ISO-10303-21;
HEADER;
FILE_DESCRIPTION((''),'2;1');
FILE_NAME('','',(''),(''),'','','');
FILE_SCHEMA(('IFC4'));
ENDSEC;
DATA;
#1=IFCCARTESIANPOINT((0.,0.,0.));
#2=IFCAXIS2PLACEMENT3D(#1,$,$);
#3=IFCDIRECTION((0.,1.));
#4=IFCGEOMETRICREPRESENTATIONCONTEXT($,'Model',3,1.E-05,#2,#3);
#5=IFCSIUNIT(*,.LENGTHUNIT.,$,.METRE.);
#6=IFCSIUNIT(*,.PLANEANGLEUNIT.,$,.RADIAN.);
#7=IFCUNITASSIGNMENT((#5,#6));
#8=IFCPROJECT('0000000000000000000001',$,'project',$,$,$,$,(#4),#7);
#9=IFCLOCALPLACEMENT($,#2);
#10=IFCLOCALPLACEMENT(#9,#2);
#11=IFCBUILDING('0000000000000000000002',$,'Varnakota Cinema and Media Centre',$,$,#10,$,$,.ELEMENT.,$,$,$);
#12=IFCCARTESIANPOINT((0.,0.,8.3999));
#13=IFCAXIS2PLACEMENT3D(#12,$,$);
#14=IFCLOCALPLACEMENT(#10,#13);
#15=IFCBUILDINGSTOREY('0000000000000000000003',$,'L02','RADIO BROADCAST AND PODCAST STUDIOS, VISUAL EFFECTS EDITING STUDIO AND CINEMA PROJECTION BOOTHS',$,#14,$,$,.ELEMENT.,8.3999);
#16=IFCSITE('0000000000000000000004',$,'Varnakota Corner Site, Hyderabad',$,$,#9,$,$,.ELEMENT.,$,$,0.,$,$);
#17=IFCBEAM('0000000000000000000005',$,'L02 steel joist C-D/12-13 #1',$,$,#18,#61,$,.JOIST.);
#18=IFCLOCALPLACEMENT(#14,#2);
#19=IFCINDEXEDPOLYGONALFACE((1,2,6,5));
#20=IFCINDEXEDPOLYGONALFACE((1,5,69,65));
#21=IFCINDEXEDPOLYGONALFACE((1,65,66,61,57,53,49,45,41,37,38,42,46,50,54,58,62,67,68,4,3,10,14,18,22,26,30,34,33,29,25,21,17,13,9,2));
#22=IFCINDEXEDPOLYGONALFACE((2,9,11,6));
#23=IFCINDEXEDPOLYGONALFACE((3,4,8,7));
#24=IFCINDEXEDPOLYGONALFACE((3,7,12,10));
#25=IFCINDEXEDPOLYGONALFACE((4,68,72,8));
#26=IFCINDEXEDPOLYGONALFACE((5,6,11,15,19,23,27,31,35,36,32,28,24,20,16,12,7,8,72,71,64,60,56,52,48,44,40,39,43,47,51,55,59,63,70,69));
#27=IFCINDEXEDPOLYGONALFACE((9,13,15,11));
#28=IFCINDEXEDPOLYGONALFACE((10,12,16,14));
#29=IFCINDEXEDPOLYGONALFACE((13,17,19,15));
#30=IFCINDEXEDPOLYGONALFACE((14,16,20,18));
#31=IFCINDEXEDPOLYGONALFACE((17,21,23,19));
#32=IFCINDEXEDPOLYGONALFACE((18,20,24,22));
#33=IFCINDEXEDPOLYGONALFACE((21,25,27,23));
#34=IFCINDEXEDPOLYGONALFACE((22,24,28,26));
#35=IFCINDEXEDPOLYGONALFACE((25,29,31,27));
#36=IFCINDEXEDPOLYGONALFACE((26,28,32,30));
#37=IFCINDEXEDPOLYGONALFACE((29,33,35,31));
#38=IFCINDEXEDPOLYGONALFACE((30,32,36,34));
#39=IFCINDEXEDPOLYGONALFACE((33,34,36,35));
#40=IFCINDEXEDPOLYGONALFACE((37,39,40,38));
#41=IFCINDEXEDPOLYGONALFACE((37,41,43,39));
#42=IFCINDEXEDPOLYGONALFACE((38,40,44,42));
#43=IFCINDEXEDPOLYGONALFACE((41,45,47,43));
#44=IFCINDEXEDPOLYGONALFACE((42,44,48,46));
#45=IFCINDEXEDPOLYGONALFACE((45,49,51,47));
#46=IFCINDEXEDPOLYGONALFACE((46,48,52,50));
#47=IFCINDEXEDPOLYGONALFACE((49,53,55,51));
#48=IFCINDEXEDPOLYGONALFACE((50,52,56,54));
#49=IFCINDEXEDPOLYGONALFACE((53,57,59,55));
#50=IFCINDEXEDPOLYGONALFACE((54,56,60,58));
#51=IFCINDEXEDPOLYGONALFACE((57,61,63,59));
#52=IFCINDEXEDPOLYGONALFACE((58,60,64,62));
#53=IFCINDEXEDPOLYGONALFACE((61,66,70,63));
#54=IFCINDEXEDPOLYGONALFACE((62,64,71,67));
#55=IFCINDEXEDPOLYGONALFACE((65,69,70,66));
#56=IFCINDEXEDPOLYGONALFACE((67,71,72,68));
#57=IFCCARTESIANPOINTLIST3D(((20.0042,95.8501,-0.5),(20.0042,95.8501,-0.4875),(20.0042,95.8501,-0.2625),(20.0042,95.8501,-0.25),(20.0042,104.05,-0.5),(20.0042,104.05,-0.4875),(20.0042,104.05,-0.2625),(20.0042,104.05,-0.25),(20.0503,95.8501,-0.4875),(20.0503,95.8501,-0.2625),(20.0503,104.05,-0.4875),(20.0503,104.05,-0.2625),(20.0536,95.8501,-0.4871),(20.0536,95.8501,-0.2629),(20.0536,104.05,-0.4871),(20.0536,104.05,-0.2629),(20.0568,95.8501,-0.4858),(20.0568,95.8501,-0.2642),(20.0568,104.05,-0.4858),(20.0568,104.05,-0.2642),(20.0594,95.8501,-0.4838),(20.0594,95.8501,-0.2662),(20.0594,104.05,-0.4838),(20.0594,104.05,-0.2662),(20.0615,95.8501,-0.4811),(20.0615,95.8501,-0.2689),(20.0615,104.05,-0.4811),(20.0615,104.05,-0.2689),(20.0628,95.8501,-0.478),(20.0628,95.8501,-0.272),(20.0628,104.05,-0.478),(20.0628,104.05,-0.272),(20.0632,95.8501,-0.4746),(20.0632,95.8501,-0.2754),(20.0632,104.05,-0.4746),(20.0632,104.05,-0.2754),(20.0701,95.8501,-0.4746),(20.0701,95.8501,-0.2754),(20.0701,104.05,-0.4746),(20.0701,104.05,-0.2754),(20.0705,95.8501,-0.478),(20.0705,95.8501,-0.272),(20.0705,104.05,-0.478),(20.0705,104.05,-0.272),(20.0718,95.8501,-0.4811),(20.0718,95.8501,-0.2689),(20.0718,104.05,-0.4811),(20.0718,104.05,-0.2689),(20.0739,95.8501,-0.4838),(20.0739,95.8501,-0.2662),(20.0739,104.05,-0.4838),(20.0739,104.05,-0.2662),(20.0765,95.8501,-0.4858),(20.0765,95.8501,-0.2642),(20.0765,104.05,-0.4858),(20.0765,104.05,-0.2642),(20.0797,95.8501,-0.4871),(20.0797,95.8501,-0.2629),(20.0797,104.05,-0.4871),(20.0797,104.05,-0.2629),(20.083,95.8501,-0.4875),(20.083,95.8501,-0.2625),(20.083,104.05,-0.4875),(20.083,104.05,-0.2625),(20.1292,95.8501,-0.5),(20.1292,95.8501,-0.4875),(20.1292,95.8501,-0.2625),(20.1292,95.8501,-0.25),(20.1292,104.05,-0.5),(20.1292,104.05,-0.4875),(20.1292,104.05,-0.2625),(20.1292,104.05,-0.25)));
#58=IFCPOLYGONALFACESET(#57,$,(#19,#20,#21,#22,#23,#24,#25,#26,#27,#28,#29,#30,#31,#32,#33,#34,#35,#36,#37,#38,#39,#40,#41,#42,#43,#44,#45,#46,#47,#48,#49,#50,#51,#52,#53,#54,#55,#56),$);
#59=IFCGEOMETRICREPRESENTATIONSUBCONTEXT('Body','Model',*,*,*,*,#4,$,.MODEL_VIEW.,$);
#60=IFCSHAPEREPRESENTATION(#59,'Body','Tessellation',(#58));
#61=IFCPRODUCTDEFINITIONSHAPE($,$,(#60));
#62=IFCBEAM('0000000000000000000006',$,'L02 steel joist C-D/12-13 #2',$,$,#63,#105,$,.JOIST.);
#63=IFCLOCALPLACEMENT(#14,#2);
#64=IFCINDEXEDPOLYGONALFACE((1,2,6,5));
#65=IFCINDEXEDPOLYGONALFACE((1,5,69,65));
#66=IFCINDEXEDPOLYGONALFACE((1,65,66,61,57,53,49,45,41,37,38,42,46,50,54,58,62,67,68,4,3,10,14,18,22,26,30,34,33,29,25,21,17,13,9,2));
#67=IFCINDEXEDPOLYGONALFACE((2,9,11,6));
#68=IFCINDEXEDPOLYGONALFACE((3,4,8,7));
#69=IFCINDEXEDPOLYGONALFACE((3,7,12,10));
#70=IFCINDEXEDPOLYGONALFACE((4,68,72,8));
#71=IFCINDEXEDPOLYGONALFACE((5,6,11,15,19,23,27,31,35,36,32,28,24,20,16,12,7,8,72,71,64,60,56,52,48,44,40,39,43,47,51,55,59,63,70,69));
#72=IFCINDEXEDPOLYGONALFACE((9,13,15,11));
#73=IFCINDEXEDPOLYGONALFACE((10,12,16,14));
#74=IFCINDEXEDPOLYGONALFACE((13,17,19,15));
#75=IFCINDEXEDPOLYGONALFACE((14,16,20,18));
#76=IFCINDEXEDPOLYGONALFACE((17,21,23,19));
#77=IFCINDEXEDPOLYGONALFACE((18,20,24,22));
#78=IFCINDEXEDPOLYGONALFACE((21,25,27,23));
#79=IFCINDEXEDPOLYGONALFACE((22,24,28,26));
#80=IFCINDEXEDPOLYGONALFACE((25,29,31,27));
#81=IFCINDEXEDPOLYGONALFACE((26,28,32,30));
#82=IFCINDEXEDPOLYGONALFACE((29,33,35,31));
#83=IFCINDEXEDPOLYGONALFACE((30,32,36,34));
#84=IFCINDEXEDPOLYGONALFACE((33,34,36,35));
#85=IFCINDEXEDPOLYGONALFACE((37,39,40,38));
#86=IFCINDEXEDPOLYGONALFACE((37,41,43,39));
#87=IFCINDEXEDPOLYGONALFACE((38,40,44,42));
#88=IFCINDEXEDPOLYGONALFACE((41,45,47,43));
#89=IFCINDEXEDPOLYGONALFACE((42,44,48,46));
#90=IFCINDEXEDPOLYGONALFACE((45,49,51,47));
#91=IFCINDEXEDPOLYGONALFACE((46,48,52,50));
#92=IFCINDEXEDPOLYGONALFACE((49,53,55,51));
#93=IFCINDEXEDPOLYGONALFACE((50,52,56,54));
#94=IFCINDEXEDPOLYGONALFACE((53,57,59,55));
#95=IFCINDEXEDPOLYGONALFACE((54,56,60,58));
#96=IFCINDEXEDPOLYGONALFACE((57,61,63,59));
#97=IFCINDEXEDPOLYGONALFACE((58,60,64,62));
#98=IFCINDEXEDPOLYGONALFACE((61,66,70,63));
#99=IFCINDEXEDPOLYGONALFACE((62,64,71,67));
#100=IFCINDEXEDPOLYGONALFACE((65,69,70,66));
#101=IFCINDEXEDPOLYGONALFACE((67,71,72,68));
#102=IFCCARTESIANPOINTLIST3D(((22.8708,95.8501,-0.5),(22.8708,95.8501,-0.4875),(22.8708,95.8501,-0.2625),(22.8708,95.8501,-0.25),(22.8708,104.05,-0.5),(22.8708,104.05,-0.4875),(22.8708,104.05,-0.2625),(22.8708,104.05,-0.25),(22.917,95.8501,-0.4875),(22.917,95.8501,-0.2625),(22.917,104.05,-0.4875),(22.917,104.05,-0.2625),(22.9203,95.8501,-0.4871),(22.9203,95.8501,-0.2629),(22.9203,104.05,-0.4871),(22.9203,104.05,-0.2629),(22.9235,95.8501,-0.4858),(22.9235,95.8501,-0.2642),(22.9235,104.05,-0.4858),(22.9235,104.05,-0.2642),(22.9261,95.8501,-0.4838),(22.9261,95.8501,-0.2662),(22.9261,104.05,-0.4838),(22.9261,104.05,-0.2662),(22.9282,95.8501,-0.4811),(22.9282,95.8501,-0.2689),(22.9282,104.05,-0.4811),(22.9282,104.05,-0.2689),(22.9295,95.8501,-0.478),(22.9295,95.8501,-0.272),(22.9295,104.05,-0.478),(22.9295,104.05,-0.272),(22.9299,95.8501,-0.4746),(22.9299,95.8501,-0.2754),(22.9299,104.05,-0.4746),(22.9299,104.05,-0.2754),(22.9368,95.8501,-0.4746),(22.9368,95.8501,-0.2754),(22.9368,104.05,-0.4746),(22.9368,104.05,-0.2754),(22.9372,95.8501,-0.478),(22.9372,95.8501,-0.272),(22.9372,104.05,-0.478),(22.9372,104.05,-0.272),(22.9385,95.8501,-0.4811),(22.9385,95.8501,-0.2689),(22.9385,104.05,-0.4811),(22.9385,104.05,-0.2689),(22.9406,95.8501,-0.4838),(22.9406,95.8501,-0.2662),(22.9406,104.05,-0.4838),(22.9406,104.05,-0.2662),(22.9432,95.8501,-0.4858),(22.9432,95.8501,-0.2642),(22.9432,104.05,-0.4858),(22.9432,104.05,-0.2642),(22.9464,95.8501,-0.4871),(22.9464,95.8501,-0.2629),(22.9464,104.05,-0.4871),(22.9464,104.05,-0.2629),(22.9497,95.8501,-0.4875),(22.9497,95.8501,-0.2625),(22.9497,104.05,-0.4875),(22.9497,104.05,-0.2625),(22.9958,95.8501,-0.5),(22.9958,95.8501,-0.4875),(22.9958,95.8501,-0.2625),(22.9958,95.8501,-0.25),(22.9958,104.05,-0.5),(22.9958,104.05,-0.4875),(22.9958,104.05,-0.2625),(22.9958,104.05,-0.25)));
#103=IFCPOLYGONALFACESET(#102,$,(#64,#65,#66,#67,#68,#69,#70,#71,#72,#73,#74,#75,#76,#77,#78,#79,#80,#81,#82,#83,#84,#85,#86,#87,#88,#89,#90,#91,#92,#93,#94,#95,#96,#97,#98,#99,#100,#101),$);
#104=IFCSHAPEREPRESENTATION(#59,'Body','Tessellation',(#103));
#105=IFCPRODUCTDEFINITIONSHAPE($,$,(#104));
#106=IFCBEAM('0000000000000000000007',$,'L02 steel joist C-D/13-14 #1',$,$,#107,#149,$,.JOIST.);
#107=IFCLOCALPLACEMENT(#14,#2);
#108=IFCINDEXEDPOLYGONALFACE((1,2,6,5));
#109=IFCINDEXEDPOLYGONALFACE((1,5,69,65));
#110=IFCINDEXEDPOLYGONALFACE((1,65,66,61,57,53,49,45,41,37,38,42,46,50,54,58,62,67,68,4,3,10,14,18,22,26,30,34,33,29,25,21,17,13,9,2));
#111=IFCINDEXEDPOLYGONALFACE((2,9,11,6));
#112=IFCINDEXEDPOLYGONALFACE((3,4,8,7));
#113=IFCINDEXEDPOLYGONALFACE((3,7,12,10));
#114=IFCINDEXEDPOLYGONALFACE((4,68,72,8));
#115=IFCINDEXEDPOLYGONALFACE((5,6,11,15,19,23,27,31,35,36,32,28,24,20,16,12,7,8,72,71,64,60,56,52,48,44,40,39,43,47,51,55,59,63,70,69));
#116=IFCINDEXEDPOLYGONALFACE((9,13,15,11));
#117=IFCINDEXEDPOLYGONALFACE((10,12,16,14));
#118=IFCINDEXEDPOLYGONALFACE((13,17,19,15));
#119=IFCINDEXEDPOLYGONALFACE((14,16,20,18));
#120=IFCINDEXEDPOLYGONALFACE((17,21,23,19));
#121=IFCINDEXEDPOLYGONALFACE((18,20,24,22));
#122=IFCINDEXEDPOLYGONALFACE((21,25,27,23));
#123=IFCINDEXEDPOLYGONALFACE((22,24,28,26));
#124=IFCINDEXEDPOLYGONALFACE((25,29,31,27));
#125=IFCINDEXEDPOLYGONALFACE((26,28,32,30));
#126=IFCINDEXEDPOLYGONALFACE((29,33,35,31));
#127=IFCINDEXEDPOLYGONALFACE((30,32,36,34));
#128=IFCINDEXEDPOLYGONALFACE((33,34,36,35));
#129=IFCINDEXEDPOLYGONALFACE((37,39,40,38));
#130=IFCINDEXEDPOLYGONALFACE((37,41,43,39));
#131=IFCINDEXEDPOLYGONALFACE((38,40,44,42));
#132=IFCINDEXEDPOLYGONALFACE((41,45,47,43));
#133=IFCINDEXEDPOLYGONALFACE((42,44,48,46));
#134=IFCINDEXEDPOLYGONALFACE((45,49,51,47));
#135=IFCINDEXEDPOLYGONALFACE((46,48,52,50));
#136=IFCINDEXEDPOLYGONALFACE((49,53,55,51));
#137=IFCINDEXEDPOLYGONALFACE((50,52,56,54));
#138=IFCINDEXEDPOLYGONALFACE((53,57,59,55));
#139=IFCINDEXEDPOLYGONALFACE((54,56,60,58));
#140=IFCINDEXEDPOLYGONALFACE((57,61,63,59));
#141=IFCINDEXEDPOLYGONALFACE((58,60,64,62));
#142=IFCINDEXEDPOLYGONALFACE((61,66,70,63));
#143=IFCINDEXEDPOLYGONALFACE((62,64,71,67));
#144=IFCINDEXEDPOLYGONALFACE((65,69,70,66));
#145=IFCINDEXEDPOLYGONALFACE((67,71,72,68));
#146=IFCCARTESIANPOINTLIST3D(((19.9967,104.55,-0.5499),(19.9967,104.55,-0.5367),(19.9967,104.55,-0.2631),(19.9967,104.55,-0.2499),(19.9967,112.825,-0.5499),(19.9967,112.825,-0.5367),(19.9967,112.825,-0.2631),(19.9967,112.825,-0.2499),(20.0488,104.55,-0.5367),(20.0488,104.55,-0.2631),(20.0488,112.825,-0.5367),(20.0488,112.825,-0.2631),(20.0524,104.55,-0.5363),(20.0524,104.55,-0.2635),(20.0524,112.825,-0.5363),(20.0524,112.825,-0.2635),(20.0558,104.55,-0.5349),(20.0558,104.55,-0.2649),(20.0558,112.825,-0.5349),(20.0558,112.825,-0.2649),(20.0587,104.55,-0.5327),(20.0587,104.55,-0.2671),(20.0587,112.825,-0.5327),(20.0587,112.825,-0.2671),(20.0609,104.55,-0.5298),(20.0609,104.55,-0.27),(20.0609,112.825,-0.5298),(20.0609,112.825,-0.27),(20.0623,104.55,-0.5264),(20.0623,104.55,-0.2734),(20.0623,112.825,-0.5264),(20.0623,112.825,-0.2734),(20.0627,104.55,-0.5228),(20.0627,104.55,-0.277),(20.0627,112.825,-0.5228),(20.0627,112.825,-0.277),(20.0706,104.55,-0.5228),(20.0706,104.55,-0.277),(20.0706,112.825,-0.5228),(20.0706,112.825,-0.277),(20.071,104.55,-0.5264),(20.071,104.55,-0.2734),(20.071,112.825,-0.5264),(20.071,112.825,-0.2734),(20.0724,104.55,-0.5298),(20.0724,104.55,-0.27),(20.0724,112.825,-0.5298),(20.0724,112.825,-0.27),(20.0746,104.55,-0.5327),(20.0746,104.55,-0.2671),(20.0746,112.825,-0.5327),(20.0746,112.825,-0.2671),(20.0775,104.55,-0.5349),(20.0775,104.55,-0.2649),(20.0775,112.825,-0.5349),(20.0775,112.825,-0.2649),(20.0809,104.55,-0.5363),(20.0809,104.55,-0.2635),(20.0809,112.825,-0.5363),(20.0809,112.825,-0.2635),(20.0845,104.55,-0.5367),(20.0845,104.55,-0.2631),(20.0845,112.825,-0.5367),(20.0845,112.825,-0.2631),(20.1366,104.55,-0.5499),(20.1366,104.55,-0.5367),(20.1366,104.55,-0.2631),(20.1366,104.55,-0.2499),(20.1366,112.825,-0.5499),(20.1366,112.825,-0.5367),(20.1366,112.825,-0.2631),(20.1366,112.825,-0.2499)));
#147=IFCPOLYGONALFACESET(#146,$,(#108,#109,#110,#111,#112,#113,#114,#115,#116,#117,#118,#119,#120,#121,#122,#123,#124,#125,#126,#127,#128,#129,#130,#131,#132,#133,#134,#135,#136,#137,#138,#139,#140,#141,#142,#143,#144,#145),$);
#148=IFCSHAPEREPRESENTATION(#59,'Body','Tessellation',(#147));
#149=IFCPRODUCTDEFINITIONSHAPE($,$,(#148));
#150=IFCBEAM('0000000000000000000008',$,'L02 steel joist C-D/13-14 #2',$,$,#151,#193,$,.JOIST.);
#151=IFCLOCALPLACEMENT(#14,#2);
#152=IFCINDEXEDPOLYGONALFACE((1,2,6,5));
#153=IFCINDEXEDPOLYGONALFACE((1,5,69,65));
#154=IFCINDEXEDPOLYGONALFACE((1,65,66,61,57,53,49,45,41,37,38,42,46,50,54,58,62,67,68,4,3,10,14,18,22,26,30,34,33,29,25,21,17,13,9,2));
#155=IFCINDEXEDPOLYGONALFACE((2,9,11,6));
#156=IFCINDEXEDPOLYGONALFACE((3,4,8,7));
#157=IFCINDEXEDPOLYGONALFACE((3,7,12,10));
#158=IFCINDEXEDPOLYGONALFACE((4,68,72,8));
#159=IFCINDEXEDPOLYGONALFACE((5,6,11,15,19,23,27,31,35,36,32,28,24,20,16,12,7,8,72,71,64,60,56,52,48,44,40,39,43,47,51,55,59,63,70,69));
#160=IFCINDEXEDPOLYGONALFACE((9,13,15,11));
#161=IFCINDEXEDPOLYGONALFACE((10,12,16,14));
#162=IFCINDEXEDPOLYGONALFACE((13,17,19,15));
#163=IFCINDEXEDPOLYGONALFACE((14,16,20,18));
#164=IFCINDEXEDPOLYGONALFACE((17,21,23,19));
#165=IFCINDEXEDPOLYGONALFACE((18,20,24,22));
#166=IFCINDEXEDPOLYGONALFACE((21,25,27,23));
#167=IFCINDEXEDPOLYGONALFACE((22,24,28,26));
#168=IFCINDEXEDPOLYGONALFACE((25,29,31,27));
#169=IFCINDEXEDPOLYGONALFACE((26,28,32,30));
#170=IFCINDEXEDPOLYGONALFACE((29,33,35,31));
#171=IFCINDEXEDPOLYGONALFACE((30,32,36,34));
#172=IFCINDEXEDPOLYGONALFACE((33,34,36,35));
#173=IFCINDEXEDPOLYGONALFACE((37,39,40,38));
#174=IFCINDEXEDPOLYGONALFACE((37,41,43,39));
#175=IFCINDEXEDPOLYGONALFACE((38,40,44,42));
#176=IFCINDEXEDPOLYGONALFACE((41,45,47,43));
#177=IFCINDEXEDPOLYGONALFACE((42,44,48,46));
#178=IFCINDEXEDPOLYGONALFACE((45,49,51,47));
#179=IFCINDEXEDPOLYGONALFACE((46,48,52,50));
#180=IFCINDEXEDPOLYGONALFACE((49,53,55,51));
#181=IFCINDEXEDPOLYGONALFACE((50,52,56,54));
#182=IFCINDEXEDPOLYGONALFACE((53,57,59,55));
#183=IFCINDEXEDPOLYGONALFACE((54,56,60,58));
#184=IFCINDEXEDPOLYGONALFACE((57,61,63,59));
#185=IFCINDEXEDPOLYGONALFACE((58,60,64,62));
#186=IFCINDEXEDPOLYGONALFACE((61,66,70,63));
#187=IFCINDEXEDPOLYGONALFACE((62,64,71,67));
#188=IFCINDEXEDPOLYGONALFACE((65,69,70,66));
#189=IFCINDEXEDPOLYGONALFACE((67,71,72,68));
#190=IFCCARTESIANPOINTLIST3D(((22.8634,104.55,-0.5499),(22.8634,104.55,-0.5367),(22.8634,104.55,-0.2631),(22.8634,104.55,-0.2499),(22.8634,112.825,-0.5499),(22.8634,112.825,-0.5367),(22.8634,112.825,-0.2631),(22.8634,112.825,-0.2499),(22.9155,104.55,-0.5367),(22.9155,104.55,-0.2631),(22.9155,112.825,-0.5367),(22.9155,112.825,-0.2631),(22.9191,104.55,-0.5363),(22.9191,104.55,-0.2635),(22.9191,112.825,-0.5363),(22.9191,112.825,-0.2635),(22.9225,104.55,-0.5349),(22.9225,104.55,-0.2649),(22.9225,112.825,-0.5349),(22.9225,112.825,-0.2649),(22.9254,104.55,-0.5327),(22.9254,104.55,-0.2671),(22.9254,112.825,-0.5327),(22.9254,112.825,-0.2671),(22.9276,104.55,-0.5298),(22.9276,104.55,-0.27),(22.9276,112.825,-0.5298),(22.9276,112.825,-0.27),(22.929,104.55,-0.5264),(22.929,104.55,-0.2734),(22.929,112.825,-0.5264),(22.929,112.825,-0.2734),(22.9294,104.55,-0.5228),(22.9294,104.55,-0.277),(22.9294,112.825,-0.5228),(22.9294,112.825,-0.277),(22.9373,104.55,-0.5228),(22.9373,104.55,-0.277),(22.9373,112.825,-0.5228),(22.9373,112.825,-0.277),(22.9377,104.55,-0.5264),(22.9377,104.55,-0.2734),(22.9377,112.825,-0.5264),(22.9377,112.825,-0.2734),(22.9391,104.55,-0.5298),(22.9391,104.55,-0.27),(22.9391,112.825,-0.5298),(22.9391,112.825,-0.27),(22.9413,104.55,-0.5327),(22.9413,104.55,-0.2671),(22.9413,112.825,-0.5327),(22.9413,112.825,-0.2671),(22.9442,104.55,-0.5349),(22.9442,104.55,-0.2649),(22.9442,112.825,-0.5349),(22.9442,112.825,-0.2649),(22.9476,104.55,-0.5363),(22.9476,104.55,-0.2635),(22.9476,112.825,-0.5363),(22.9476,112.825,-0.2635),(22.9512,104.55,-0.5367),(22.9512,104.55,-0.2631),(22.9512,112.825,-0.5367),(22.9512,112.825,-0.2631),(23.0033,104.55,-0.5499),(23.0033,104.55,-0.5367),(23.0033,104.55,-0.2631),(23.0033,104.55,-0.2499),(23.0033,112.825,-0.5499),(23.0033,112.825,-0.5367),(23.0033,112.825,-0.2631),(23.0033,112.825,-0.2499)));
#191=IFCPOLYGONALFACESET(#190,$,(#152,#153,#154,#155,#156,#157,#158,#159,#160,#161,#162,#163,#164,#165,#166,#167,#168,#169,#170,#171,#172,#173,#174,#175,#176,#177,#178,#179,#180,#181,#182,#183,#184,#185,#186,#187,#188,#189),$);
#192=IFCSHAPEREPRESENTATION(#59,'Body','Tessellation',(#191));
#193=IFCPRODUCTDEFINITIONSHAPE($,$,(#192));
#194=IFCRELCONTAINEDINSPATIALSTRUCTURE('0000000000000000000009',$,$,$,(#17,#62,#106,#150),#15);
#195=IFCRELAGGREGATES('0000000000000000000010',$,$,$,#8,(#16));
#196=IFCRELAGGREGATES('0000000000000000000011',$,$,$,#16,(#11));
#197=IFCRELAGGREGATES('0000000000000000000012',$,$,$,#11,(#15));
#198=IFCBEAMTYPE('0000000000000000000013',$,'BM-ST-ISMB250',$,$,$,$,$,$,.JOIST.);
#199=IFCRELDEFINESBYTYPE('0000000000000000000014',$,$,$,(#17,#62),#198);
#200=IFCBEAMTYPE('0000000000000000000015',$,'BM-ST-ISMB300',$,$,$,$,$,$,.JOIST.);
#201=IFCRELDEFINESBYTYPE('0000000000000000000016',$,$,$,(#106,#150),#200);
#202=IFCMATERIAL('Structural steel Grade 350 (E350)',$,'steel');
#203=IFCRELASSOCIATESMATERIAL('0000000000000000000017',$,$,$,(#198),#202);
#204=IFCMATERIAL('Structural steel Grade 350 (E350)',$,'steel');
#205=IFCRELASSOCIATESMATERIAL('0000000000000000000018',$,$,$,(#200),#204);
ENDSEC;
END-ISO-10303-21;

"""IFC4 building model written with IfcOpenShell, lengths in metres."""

from ifc_helpers import new_model, si_unit, direction, frame, origin, origin_2d, place, context, subcontext, project, spatial, i_section, extrude, material, material_profile, profile_set, type_object, element, save


model = new_model("IFC4")

# Units and contexts
model_context = context("Model", 3, precision=1e-05, world=origin(), true_north=direction((0.0, 1.0)))
body_context = subcontext(model_context, "Body", "Model", "MODEL_VIEW")
ifc_project = project(units=[si_unit("LENGTHUNIT", "METRE"), si_unit("PLANEANGLEUNIT", "RADIAN")], contexts=[model_context])

# Site, building, storey
site_placement = place(None, origin())
site = spatial("IfcSite", under=ifc_project, at=site_placement, Name="Varnakota Corner Site, Hyderabad", CompositionType="ELEMENT", RefElevation=0.0)
building_placement = place(site_placement, origin())
building = spatial("IfcBuilding", under=site, at=building_placement, Name="Varnakota Cinema and Media Centre", CompositionType="ELEMENT")
storey_placement = place(building_placement, frame((0.0, 0.0, 8.3999)))
storey = spatial("IfcBuildingStorey", under=building, at=storey_placement, Name="L02", Description="RADIO BROADCAST AND PODCAST STUDIOS, VISUAL EFFECTS EDITING STUDIO AND CINEMA PROJECTION BOOTHS", CompositionType="ELEMENT", Elevation=8.3999)

# Beams
ifc_material_1 = material(Name="Structural steel Grade 350 (E350)", Category="steel")
ifc_material_profile_1 = material_profile(ifc_material_1, i_section(OverallWidth=0.125, OverallDepth=0.25, WebThickness=0.0068, FlangeThickness=0.0125, FilletRadius=0.0129, at=origin_2d()), Name="ISMB 250")
ifc_profile_set_1 = profile_set([ifc_material_profile_1], Name="Structural steel Grade 350 (E350)")
beam_type_1 = type_object("IfcBeamType", Name="BM-ST-ISMB250", PredefinedType="JOIST", material=ifc_profile_set_1)
for number, where, z_axis, x_axis, name in (
    (1, (20.0667, 95.8501, -0.375), (0.0, 1.0, 0.0), (-1.0, 0.0, 0.0), "L02 steel joist C-D/12-13 #1"),
    (2, (22.9333, 95.8501, -0.375), (0.0, 1.0, 0.0), (-1.0, 0.0, 0.0), "L02 steel joist C-D/12-13 #2"),
):
    element("IfcBeam", number, at=place(storey_placement, frame(where, z_axis=z_axis, x_axis=x_axis)), inside=storey, type_object=beam_type_1, Name=name, PredefinedType="JOIST", context=body_context, shape_type="SweptSolid", body=[
        extrude(i_section(OverallWidth=0.125, OverallDepth=0.25, WebThickness=0.0068, FlangeThickness=0.0125, FilletRadius=0.0129, at=origin_2d()), origin(), (0.0, 0.0, 1.0), 8.2),
    ])
ifc_material_2 = material(Name="Structural steel Grade 350 (E350)", Category="steel")
ifc_material_profile_2 = material_profile(ifc_material_2, i_section(OverallWidth=0.1399, OverallDepth=0.3, WebThickness=0.0078, FlangeThickness=0.0132, FilletRadius=0.0139, at=origin_2d()), Name="ISMB 300")
ifc_profile_set_2 = profile_set([ifc_material_profile_2], Name="Structural steel Grade 350 (E350)")
beam_type_2 = type_object("IfcBeamType", Name="BM-ST-ISMB300", PredefinedType="JOIST", material=ifc_profile_set_2)
for number, where, z_axis, x_axis, name in (
    (3, (20.0667, 104.55, -0.3999), (0.0, 1.0, 0.0), (-1.0, 0.0, 0.0), "L02 steel joist C-D/13-14 #1"),
    (4, (22.9333, 104.55, -0.3999), (0.0, 1.0, 0.0), (-1.0, 0.0, 0.0), "L02 steel joist C-D/13-14 #2"),
):
    element("IfcBeam", number, at=place(storey_placement, frame(where, z_axis=z_axis, x_axis=x_axis)), inside=storey, type_object=beam_type_2, Name=name, PredefinedType="JOIST", context=body_context, shape_type="SweptSolid", body=[
        extrude(i_section(OverallWidth=0.1399, OverallDepth=0.3, WebThickness=0.0078, FlangeThickness=0.0132, FilletRadius=0.0139, at=origin_2d()), origin(), (0.0, 0.0, 1.0), 8.2749),
    ])

save(model, "model.ifc")
